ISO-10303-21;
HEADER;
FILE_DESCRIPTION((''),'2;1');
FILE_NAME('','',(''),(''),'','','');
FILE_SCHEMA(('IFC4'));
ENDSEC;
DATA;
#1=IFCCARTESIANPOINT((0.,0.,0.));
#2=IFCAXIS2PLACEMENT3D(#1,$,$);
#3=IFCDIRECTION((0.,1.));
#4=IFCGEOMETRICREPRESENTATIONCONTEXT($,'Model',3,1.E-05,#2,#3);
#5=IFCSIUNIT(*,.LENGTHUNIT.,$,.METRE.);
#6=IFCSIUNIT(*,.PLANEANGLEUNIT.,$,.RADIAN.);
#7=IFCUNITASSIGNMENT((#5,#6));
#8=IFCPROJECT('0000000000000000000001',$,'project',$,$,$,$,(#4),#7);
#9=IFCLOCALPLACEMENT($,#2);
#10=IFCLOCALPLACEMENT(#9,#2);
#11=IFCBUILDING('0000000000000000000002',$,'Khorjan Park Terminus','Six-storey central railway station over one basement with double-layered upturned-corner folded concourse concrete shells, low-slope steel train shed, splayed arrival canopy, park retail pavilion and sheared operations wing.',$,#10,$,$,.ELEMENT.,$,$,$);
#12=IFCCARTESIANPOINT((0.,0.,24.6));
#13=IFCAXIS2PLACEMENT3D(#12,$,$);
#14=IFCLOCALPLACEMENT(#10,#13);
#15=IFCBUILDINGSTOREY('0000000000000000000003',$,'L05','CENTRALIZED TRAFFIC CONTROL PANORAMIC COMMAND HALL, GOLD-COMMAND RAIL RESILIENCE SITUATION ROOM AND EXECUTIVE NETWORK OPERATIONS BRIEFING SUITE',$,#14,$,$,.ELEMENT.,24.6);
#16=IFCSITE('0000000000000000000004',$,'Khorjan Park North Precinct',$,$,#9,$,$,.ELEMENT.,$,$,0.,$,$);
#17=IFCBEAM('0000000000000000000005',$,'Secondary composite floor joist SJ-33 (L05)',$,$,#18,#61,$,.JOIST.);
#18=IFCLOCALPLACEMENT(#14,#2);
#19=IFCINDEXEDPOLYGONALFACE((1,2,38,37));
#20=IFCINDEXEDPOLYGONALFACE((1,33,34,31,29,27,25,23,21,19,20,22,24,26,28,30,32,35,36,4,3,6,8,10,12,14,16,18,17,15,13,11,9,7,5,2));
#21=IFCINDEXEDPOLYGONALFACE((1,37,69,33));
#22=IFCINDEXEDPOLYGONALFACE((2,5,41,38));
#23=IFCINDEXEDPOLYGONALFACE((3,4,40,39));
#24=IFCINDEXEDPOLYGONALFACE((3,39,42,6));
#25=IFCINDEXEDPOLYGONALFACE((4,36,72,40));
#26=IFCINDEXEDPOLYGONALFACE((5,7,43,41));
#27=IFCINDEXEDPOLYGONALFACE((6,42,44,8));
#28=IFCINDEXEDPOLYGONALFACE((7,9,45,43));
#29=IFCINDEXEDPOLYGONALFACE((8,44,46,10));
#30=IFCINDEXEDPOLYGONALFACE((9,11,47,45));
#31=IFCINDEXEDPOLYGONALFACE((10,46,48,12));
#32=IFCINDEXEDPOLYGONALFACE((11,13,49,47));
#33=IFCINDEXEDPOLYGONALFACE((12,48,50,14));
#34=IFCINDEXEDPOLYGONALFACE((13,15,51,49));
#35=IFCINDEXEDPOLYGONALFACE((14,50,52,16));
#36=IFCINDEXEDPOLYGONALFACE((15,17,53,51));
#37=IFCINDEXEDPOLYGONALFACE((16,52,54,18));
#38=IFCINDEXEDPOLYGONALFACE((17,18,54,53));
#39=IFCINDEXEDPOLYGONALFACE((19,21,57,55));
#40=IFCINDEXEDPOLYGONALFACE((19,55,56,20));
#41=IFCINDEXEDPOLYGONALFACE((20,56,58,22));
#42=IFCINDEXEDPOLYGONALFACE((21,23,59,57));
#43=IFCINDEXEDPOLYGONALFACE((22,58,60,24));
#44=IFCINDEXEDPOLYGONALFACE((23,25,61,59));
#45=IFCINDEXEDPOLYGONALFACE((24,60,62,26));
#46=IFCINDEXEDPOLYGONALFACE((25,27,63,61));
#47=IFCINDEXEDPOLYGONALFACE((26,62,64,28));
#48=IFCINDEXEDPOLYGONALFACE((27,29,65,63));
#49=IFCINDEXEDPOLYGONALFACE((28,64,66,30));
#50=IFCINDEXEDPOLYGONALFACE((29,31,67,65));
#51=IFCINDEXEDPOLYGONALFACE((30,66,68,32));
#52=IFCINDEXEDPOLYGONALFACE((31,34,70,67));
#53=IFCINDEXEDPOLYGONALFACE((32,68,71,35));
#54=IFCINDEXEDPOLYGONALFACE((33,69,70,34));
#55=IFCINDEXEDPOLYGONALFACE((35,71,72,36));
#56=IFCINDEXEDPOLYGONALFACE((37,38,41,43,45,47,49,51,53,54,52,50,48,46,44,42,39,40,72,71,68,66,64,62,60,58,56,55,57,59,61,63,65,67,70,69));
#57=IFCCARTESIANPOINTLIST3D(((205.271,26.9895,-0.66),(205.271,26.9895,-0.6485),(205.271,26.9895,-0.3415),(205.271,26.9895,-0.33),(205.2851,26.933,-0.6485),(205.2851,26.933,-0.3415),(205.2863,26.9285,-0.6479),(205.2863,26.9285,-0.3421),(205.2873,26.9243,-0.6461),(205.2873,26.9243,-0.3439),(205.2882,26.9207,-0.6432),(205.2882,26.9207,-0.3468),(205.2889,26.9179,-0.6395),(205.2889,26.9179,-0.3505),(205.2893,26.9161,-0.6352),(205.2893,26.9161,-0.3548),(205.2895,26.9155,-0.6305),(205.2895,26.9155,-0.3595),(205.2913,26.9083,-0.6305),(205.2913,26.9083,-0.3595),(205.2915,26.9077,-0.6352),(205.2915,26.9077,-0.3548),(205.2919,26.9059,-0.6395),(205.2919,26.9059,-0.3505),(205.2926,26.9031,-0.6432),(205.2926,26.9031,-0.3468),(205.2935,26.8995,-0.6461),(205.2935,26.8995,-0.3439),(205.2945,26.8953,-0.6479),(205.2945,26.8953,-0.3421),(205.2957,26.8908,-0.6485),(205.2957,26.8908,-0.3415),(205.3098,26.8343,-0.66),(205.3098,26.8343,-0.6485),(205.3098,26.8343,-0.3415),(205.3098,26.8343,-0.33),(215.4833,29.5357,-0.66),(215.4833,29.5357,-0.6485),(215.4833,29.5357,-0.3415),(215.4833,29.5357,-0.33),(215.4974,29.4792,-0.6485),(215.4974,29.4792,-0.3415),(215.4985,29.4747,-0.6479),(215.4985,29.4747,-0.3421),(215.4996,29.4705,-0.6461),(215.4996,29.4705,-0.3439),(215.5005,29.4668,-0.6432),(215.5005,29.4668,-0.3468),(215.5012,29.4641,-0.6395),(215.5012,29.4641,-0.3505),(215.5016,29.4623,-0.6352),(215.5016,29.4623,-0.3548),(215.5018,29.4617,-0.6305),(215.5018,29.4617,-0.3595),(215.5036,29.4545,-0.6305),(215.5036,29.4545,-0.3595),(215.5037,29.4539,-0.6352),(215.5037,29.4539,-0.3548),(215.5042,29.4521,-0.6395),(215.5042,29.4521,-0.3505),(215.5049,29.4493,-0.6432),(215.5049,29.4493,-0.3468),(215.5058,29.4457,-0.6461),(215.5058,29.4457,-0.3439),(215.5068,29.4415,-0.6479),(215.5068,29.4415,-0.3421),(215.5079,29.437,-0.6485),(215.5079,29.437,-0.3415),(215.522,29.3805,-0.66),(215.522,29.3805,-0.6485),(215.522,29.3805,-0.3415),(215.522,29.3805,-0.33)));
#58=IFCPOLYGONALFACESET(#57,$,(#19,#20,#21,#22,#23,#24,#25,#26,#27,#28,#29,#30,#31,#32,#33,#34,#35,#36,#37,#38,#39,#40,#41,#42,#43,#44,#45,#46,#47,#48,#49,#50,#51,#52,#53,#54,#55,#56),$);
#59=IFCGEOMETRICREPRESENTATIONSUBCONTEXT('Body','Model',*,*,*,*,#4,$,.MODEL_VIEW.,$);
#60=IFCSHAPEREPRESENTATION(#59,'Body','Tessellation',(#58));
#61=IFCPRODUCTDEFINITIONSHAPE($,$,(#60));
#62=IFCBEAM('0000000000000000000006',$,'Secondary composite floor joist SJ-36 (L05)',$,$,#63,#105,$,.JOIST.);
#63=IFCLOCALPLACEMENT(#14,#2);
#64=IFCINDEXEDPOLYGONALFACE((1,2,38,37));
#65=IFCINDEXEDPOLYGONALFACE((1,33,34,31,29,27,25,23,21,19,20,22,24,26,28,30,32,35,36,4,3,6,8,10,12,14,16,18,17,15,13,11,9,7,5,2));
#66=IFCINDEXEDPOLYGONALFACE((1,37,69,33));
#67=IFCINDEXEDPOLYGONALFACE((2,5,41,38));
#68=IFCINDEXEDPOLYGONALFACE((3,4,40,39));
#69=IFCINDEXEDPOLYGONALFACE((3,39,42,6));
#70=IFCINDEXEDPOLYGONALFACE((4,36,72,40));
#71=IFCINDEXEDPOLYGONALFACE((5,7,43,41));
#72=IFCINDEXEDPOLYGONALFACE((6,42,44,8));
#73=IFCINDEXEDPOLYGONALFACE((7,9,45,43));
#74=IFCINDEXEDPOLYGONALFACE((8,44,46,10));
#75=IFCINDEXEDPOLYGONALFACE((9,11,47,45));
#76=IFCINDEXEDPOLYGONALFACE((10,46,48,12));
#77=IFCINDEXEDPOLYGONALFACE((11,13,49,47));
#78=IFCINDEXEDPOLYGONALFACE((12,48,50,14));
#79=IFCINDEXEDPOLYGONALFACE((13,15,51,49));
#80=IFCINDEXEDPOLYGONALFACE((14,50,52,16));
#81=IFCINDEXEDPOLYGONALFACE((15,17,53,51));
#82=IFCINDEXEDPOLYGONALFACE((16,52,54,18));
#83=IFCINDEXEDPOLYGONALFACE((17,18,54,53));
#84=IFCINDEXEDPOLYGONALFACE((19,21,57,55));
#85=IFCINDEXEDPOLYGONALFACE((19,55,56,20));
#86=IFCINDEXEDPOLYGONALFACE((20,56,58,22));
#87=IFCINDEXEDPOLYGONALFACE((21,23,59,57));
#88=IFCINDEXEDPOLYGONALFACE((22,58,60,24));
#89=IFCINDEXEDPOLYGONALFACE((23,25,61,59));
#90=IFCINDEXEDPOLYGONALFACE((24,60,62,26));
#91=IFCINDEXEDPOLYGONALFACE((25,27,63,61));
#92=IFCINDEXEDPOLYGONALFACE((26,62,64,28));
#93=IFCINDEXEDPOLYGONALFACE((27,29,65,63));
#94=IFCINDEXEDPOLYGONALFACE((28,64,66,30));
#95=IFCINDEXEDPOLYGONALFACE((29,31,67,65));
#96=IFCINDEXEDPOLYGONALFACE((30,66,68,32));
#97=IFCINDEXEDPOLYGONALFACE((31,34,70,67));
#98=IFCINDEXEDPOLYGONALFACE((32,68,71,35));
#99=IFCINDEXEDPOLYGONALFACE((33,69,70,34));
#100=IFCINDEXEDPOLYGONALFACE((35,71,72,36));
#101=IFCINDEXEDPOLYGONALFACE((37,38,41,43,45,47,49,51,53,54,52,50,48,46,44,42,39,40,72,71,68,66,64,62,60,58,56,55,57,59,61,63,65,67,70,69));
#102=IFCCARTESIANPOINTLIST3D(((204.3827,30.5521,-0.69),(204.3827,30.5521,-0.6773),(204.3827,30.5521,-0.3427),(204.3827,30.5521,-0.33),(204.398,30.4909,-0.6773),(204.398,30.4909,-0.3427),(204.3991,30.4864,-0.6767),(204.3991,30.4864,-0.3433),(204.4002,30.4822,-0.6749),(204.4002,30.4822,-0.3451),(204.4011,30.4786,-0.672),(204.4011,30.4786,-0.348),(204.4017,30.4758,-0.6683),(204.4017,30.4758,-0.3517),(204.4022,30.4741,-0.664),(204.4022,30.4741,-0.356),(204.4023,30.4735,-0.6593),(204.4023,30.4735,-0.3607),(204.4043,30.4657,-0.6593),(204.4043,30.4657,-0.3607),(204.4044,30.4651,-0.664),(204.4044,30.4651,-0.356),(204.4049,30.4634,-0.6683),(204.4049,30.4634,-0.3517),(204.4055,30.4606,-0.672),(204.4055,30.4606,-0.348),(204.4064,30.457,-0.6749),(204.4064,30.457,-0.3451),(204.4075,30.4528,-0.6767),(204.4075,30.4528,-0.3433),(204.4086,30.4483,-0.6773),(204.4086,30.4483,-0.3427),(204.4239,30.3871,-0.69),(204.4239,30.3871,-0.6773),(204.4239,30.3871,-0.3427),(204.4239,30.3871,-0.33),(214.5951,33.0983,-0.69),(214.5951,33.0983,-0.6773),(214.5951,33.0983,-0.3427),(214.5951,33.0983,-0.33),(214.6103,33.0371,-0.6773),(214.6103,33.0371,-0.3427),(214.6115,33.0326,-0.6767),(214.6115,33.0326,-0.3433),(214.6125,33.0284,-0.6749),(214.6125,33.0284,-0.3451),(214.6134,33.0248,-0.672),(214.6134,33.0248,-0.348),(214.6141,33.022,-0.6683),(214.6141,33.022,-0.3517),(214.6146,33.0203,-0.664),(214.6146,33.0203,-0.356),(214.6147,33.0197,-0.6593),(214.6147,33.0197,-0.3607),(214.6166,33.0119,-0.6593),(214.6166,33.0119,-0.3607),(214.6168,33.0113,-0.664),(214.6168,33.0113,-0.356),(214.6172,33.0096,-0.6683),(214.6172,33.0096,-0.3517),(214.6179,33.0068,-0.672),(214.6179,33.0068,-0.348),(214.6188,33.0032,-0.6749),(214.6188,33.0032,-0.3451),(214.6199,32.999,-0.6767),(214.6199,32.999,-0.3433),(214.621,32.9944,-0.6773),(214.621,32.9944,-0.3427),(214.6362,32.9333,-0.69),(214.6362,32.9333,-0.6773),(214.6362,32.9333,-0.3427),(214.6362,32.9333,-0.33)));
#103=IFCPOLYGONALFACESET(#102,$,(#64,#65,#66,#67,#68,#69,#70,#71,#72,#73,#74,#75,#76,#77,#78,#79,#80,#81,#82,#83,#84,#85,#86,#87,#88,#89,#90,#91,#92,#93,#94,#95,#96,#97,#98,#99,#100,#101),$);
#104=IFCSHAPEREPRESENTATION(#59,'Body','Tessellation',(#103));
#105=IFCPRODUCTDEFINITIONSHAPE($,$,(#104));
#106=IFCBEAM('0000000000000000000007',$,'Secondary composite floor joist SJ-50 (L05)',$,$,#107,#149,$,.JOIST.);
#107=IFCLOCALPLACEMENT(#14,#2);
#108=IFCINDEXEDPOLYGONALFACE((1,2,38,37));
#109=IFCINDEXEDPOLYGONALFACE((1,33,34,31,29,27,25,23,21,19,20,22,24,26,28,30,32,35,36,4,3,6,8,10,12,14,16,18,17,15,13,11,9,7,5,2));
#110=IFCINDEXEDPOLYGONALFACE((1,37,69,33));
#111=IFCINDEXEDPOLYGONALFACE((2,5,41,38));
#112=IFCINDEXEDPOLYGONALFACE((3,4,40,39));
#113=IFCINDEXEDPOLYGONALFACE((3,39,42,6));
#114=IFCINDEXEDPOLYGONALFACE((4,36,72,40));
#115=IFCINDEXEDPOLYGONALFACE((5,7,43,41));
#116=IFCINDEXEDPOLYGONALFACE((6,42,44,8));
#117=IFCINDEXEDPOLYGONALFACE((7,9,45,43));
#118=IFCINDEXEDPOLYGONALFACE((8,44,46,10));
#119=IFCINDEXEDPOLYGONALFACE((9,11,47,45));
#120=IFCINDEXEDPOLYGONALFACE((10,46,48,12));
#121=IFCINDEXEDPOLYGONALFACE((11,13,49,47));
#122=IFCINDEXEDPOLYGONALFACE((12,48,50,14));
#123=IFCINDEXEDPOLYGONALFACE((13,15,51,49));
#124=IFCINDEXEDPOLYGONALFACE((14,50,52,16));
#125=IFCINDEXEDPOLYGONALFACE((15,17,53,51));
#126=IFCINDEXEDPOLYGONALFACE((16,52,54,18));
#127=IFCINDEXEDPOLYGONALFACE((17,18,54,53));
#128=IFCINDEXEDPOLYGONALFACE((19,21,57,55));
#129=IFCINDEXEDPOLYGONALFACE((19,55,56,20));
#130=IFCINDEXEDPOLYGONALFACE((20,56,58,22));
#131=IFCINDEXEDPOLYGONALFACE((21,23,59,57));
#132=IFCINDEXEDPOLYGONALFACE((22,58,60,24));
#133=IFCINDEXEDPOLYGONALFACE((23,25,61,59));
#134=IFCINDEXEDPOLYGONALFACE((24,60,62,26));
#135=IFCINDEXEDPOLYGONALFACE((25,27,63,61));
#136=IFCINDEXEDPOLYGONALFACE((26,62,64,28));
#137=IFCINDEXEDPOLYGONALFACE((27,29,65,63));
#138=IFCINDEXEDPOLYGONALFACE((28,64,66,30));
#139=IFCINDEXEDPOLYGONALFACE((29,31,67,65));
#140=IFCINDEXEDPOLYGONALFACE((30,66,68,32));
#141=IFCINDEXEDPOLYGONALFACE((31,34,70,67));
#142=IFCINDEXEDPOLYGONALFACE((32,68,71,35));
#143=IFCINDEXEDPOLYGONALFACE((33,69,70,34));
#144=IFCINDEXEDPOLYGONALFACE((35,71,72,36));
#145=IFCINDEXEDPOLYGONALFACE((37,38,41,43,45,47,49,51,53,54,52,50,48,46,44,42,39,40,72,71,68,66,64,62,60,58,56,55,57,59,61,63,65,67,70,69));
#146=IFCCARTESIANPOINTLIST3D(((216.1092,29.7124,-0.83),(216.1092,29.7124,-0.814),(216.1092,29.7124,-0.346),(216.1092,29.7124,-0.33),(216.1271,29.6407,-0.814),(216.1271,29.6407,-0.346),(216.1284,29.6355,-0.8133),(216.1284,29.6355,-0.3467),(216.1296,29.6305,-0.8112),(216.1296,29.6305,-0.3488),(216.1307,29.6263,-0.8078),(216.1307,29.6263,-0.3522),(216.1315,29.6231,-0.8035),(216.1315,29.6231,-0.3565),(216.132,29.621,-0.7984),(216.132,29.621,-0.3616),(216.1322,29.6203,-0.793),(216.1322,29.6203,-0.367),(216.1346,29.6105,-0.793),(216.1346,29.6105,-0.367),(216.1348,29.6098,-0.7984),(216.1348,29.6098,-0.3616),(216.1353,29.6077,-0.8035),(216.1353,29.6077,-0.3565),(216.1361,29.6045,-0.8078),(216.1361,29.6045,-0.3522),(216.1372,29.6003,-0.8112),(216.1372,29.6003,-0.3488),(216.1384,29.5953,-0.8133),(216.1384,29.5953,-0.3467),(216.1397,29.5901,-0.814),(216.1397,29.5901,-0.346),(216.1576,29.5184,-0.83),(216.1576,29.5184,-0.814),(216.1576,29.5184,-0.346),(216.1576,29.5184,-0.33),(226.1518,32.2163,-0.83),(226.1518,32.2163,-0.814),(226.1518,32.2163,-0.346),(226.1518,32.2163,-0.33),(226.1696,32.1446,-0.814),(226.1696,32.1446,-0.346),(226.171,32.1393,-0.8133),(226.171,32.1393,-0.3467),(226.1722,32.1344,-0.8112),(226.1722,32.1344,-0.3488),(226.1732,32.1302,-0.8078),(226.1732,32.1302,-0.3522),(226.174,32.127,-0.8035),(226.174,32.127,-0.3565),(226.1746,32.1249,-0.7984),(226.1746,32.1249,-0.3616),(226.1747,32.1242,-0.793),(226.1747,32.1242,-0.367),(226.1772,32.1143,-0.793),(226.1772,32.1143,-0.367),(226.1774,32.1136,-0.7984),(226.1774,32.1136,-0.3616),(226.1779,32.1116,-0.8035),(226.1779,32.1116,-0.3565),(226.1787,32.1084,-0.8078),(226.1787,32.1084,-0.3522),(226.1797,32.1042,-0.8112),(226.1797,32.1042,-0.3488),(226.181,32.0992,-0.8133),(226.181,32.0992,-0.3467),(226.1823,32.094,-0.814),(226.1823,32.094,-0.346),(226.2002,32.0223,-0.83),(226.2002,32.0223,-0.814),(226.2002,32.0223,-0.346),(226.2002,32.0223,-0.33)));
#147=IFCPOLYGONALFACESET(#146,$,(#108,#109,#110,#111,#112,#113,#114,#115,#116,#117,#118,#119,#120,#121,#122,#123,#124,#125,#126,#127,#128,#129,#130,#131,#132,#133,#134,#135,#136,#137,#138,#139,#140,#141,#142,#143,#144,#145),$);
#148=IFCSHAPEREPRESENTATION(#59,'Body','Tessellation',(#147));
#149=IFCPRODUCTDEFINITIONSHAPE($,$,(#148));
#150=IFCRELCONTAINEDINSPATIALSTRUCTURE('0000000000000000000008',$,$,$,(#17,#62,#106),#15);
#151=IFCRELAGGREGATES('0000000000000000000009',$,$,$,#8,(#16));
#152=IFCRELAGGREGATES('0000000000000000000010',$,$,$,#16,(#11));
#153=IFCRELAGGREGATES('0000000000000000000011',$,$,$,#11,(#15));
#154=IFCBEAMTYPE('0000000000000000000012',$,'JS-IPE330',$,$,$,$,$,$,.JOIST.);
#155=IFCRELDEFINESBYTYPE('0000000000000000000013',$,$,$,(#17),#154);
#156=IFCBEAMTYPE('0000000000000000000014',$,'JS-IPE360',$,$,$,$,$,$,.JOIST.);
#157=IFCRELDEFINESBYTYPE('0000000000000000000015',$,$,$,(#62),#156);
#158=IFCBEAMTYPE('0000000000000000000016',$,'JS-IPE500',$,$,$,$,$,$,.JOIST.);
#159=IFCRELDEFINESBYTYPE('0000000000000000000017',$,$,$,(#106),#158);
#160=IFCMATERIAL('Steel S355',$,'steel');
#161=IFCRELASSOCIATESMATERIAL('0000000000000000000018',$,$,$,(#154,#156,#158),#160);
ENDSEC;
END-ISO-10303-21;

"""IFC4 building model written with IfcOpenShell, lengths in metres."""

from ifc_helpers import new_model, si_unit, direction, frame, origin, origin_2d, place, context, subcontext, project, spatial, i_section, extrude, material, material_profile, profile_set, type_object, element, save


model = new_model("IFC4")

# Units and contexts
model_context = context("Model", 3, precision=1e-05, world=origin(), true_north=direction((0.0, 1.0)))
body_context = subcontext(model_context, "Body", "Model", "MODEL_VIEW")
ifc_project = project(units=[si_unit("LENGTHUNIT", "METRE"), si_unit("PLANEANGLEUNIT", "RADIAN")], contexts=[model_context])

# Site, building, storey
site_placement = place(None, origin())
site = spatial("IfcSite", under=ifc_project, at=site_placement, Name="Khorjan Park North Precinct", CompositionType="ELEMENT", RefElevation=0.0)
building_placement = place(site_placement, origin())
building = spatial("IfcBuilding", under=site, at=building_placement, Name="Khorjan Park Terminus", Description="Six-storey central railway station over one basement with double-layered upturned-corner folded concourse concrete shells, low-slope steel train shed, splayed arrival canopy, park retail pavilion and sheared operations wing.", CompositionType="ELEMENT")
storey_placement = place(building_placement, frame((0.0, 0.0, 24.6)))
storey = spatial("IfcBuildingStorey", under=building, at=storey_placement, Name="L05", Description="CENTRALIZED TRAFFIC CONTROL PANORAMIC COMMAND HALL, GOLD-COMMAND RAIL RESILIENCE SITUATION ROOM AND EXECUTIVE NETWORK OPERATIONS BRIEFING SUITE", CompositionType="ELEMENT", Elevation=24.6)

# Beams
ifc_material_1 = material(Name="Steel S355", Category="steel")
ifc_material_profile_1 = material_profile(ifc_material_1, i_section(OverallWidth=0.16, OverallDepth=0.33, WebThickness=0.0075, FlangeThickness=0.0115, FilletRadius=0.018, at=origin_2d()), Name="IPE 330")
ifc_profile_set_1 = profile_set([ifc_material_profile_1], Name="Steel S355")
beam_type_1 = type_object("IfcBeamType", Name="JS-IPE330", PredefinedType="JOIST", material=ifc_profile_set_1)
beam_1_placement = place(storey_placement, frame((205.2904, 26.9119, -0.495), z_axis=(0.970296, 0.241921, 0.0), x_axis=(-0.241921, 0.970296, 0.0)))
element("IfcBeam", 1, at=beam_1_placement, inside=storey, type_object=beam_type_1, Name="Secondary composite floor joist SJ-33 (L05)", PredefinedType="JOIST", context=body_context, shape_type="SweptSolid", body=[
    extrude(i_section(OverallWidth=0.16, OverallDepth=0.33, WebThickness=0.0075, FlangeThickness=0.0115, FilletRadius=0.018, at=origin_2d()), origin(), (0.0, 0.0, 1.0), 10.5249),
])
ifc_material_profile_2 = material_profile(ifc_material_1, i_section(OverallWidth=0.17, OverallDepth=0.36, WebThickness=0.008, FlangeThickness=0.0127, FilletRadius=0.018, at=origin_2d()), Name="IPE 360")
ifc_profile_set_2 = profile_set([ifc_material_profile_2], Name="Steel S355")
beam_type_2 = type_object("IfcBeamType", Name="JS-IPE360", PredefinedType="JOIST", material=ifc_profile_set_2)
beam_2_placement = place(storey_placement, frame((204.4033, 30.4696, -0.51), z_axis=(0.970297, 0.241919, 0.0), x_axis=(-0.241919, 0.970297, 0.0)))
element("IfcBeam", 2, at=beam_2_placement, inside=storey, type_object=beam_type_2, Name="Secondary composite floor joist SJ-36 (L05)", PredefinedType="JOIST", context=body_context, shape_type="SweptSolid", body=[
    extrude(i_section(OverallWidth=0.17, OverallDepth=0.36, WebThickness=0.008, FlangeThickness=0.0127, FilletRadius=0.018, at=origin_2d()), origin(), (0.0, 0.0, 1.0), 10.525),
])
ifc_material_profile_3 = material_profile(ifc_material_1, i_section(OverallWidth=0.2, OverallDepth=0.5, WebThickness=0.0102, FlangeThickness=0.016, FilletRadius=0.021, at=origin_2d()), Name="IPE 500")
ifc_profile_set_3 = profile_set([ifc_material_profile_3], Name="Steel S355")
beam_type_3 = type_object("IfcBeamType", Name="JS-IPE500", PredefinedType="JOIST", material=ifc_profile_set_3)
beam_3_placement = place(storey_placement, frame((216.1334, 29.6154, -0.58), z_axis=(0.970296, 0.241922, 0.0), x_axis=(-0.241922, 0.970296, 0.0)))
element("IfcBeam", 3, at=beam_3_placement, inside=storey, type_object=beam_type_3, Name="Secondary composite floor joist SJ-50 (L05)", PredefinedType="JOIST", context=body_context, shape_type="SweptSolid", body=[
    extrude(i_section(OverallWidth=0.2, OverallDepth=0.5, WebThickness=0.0102, FlangeThickness=0.016, FilletRadius=0.021, at=origin_2d()), origin(), (0.0, 0.0, 1.0), 10.35),
])

save(model, "model.ifc")
